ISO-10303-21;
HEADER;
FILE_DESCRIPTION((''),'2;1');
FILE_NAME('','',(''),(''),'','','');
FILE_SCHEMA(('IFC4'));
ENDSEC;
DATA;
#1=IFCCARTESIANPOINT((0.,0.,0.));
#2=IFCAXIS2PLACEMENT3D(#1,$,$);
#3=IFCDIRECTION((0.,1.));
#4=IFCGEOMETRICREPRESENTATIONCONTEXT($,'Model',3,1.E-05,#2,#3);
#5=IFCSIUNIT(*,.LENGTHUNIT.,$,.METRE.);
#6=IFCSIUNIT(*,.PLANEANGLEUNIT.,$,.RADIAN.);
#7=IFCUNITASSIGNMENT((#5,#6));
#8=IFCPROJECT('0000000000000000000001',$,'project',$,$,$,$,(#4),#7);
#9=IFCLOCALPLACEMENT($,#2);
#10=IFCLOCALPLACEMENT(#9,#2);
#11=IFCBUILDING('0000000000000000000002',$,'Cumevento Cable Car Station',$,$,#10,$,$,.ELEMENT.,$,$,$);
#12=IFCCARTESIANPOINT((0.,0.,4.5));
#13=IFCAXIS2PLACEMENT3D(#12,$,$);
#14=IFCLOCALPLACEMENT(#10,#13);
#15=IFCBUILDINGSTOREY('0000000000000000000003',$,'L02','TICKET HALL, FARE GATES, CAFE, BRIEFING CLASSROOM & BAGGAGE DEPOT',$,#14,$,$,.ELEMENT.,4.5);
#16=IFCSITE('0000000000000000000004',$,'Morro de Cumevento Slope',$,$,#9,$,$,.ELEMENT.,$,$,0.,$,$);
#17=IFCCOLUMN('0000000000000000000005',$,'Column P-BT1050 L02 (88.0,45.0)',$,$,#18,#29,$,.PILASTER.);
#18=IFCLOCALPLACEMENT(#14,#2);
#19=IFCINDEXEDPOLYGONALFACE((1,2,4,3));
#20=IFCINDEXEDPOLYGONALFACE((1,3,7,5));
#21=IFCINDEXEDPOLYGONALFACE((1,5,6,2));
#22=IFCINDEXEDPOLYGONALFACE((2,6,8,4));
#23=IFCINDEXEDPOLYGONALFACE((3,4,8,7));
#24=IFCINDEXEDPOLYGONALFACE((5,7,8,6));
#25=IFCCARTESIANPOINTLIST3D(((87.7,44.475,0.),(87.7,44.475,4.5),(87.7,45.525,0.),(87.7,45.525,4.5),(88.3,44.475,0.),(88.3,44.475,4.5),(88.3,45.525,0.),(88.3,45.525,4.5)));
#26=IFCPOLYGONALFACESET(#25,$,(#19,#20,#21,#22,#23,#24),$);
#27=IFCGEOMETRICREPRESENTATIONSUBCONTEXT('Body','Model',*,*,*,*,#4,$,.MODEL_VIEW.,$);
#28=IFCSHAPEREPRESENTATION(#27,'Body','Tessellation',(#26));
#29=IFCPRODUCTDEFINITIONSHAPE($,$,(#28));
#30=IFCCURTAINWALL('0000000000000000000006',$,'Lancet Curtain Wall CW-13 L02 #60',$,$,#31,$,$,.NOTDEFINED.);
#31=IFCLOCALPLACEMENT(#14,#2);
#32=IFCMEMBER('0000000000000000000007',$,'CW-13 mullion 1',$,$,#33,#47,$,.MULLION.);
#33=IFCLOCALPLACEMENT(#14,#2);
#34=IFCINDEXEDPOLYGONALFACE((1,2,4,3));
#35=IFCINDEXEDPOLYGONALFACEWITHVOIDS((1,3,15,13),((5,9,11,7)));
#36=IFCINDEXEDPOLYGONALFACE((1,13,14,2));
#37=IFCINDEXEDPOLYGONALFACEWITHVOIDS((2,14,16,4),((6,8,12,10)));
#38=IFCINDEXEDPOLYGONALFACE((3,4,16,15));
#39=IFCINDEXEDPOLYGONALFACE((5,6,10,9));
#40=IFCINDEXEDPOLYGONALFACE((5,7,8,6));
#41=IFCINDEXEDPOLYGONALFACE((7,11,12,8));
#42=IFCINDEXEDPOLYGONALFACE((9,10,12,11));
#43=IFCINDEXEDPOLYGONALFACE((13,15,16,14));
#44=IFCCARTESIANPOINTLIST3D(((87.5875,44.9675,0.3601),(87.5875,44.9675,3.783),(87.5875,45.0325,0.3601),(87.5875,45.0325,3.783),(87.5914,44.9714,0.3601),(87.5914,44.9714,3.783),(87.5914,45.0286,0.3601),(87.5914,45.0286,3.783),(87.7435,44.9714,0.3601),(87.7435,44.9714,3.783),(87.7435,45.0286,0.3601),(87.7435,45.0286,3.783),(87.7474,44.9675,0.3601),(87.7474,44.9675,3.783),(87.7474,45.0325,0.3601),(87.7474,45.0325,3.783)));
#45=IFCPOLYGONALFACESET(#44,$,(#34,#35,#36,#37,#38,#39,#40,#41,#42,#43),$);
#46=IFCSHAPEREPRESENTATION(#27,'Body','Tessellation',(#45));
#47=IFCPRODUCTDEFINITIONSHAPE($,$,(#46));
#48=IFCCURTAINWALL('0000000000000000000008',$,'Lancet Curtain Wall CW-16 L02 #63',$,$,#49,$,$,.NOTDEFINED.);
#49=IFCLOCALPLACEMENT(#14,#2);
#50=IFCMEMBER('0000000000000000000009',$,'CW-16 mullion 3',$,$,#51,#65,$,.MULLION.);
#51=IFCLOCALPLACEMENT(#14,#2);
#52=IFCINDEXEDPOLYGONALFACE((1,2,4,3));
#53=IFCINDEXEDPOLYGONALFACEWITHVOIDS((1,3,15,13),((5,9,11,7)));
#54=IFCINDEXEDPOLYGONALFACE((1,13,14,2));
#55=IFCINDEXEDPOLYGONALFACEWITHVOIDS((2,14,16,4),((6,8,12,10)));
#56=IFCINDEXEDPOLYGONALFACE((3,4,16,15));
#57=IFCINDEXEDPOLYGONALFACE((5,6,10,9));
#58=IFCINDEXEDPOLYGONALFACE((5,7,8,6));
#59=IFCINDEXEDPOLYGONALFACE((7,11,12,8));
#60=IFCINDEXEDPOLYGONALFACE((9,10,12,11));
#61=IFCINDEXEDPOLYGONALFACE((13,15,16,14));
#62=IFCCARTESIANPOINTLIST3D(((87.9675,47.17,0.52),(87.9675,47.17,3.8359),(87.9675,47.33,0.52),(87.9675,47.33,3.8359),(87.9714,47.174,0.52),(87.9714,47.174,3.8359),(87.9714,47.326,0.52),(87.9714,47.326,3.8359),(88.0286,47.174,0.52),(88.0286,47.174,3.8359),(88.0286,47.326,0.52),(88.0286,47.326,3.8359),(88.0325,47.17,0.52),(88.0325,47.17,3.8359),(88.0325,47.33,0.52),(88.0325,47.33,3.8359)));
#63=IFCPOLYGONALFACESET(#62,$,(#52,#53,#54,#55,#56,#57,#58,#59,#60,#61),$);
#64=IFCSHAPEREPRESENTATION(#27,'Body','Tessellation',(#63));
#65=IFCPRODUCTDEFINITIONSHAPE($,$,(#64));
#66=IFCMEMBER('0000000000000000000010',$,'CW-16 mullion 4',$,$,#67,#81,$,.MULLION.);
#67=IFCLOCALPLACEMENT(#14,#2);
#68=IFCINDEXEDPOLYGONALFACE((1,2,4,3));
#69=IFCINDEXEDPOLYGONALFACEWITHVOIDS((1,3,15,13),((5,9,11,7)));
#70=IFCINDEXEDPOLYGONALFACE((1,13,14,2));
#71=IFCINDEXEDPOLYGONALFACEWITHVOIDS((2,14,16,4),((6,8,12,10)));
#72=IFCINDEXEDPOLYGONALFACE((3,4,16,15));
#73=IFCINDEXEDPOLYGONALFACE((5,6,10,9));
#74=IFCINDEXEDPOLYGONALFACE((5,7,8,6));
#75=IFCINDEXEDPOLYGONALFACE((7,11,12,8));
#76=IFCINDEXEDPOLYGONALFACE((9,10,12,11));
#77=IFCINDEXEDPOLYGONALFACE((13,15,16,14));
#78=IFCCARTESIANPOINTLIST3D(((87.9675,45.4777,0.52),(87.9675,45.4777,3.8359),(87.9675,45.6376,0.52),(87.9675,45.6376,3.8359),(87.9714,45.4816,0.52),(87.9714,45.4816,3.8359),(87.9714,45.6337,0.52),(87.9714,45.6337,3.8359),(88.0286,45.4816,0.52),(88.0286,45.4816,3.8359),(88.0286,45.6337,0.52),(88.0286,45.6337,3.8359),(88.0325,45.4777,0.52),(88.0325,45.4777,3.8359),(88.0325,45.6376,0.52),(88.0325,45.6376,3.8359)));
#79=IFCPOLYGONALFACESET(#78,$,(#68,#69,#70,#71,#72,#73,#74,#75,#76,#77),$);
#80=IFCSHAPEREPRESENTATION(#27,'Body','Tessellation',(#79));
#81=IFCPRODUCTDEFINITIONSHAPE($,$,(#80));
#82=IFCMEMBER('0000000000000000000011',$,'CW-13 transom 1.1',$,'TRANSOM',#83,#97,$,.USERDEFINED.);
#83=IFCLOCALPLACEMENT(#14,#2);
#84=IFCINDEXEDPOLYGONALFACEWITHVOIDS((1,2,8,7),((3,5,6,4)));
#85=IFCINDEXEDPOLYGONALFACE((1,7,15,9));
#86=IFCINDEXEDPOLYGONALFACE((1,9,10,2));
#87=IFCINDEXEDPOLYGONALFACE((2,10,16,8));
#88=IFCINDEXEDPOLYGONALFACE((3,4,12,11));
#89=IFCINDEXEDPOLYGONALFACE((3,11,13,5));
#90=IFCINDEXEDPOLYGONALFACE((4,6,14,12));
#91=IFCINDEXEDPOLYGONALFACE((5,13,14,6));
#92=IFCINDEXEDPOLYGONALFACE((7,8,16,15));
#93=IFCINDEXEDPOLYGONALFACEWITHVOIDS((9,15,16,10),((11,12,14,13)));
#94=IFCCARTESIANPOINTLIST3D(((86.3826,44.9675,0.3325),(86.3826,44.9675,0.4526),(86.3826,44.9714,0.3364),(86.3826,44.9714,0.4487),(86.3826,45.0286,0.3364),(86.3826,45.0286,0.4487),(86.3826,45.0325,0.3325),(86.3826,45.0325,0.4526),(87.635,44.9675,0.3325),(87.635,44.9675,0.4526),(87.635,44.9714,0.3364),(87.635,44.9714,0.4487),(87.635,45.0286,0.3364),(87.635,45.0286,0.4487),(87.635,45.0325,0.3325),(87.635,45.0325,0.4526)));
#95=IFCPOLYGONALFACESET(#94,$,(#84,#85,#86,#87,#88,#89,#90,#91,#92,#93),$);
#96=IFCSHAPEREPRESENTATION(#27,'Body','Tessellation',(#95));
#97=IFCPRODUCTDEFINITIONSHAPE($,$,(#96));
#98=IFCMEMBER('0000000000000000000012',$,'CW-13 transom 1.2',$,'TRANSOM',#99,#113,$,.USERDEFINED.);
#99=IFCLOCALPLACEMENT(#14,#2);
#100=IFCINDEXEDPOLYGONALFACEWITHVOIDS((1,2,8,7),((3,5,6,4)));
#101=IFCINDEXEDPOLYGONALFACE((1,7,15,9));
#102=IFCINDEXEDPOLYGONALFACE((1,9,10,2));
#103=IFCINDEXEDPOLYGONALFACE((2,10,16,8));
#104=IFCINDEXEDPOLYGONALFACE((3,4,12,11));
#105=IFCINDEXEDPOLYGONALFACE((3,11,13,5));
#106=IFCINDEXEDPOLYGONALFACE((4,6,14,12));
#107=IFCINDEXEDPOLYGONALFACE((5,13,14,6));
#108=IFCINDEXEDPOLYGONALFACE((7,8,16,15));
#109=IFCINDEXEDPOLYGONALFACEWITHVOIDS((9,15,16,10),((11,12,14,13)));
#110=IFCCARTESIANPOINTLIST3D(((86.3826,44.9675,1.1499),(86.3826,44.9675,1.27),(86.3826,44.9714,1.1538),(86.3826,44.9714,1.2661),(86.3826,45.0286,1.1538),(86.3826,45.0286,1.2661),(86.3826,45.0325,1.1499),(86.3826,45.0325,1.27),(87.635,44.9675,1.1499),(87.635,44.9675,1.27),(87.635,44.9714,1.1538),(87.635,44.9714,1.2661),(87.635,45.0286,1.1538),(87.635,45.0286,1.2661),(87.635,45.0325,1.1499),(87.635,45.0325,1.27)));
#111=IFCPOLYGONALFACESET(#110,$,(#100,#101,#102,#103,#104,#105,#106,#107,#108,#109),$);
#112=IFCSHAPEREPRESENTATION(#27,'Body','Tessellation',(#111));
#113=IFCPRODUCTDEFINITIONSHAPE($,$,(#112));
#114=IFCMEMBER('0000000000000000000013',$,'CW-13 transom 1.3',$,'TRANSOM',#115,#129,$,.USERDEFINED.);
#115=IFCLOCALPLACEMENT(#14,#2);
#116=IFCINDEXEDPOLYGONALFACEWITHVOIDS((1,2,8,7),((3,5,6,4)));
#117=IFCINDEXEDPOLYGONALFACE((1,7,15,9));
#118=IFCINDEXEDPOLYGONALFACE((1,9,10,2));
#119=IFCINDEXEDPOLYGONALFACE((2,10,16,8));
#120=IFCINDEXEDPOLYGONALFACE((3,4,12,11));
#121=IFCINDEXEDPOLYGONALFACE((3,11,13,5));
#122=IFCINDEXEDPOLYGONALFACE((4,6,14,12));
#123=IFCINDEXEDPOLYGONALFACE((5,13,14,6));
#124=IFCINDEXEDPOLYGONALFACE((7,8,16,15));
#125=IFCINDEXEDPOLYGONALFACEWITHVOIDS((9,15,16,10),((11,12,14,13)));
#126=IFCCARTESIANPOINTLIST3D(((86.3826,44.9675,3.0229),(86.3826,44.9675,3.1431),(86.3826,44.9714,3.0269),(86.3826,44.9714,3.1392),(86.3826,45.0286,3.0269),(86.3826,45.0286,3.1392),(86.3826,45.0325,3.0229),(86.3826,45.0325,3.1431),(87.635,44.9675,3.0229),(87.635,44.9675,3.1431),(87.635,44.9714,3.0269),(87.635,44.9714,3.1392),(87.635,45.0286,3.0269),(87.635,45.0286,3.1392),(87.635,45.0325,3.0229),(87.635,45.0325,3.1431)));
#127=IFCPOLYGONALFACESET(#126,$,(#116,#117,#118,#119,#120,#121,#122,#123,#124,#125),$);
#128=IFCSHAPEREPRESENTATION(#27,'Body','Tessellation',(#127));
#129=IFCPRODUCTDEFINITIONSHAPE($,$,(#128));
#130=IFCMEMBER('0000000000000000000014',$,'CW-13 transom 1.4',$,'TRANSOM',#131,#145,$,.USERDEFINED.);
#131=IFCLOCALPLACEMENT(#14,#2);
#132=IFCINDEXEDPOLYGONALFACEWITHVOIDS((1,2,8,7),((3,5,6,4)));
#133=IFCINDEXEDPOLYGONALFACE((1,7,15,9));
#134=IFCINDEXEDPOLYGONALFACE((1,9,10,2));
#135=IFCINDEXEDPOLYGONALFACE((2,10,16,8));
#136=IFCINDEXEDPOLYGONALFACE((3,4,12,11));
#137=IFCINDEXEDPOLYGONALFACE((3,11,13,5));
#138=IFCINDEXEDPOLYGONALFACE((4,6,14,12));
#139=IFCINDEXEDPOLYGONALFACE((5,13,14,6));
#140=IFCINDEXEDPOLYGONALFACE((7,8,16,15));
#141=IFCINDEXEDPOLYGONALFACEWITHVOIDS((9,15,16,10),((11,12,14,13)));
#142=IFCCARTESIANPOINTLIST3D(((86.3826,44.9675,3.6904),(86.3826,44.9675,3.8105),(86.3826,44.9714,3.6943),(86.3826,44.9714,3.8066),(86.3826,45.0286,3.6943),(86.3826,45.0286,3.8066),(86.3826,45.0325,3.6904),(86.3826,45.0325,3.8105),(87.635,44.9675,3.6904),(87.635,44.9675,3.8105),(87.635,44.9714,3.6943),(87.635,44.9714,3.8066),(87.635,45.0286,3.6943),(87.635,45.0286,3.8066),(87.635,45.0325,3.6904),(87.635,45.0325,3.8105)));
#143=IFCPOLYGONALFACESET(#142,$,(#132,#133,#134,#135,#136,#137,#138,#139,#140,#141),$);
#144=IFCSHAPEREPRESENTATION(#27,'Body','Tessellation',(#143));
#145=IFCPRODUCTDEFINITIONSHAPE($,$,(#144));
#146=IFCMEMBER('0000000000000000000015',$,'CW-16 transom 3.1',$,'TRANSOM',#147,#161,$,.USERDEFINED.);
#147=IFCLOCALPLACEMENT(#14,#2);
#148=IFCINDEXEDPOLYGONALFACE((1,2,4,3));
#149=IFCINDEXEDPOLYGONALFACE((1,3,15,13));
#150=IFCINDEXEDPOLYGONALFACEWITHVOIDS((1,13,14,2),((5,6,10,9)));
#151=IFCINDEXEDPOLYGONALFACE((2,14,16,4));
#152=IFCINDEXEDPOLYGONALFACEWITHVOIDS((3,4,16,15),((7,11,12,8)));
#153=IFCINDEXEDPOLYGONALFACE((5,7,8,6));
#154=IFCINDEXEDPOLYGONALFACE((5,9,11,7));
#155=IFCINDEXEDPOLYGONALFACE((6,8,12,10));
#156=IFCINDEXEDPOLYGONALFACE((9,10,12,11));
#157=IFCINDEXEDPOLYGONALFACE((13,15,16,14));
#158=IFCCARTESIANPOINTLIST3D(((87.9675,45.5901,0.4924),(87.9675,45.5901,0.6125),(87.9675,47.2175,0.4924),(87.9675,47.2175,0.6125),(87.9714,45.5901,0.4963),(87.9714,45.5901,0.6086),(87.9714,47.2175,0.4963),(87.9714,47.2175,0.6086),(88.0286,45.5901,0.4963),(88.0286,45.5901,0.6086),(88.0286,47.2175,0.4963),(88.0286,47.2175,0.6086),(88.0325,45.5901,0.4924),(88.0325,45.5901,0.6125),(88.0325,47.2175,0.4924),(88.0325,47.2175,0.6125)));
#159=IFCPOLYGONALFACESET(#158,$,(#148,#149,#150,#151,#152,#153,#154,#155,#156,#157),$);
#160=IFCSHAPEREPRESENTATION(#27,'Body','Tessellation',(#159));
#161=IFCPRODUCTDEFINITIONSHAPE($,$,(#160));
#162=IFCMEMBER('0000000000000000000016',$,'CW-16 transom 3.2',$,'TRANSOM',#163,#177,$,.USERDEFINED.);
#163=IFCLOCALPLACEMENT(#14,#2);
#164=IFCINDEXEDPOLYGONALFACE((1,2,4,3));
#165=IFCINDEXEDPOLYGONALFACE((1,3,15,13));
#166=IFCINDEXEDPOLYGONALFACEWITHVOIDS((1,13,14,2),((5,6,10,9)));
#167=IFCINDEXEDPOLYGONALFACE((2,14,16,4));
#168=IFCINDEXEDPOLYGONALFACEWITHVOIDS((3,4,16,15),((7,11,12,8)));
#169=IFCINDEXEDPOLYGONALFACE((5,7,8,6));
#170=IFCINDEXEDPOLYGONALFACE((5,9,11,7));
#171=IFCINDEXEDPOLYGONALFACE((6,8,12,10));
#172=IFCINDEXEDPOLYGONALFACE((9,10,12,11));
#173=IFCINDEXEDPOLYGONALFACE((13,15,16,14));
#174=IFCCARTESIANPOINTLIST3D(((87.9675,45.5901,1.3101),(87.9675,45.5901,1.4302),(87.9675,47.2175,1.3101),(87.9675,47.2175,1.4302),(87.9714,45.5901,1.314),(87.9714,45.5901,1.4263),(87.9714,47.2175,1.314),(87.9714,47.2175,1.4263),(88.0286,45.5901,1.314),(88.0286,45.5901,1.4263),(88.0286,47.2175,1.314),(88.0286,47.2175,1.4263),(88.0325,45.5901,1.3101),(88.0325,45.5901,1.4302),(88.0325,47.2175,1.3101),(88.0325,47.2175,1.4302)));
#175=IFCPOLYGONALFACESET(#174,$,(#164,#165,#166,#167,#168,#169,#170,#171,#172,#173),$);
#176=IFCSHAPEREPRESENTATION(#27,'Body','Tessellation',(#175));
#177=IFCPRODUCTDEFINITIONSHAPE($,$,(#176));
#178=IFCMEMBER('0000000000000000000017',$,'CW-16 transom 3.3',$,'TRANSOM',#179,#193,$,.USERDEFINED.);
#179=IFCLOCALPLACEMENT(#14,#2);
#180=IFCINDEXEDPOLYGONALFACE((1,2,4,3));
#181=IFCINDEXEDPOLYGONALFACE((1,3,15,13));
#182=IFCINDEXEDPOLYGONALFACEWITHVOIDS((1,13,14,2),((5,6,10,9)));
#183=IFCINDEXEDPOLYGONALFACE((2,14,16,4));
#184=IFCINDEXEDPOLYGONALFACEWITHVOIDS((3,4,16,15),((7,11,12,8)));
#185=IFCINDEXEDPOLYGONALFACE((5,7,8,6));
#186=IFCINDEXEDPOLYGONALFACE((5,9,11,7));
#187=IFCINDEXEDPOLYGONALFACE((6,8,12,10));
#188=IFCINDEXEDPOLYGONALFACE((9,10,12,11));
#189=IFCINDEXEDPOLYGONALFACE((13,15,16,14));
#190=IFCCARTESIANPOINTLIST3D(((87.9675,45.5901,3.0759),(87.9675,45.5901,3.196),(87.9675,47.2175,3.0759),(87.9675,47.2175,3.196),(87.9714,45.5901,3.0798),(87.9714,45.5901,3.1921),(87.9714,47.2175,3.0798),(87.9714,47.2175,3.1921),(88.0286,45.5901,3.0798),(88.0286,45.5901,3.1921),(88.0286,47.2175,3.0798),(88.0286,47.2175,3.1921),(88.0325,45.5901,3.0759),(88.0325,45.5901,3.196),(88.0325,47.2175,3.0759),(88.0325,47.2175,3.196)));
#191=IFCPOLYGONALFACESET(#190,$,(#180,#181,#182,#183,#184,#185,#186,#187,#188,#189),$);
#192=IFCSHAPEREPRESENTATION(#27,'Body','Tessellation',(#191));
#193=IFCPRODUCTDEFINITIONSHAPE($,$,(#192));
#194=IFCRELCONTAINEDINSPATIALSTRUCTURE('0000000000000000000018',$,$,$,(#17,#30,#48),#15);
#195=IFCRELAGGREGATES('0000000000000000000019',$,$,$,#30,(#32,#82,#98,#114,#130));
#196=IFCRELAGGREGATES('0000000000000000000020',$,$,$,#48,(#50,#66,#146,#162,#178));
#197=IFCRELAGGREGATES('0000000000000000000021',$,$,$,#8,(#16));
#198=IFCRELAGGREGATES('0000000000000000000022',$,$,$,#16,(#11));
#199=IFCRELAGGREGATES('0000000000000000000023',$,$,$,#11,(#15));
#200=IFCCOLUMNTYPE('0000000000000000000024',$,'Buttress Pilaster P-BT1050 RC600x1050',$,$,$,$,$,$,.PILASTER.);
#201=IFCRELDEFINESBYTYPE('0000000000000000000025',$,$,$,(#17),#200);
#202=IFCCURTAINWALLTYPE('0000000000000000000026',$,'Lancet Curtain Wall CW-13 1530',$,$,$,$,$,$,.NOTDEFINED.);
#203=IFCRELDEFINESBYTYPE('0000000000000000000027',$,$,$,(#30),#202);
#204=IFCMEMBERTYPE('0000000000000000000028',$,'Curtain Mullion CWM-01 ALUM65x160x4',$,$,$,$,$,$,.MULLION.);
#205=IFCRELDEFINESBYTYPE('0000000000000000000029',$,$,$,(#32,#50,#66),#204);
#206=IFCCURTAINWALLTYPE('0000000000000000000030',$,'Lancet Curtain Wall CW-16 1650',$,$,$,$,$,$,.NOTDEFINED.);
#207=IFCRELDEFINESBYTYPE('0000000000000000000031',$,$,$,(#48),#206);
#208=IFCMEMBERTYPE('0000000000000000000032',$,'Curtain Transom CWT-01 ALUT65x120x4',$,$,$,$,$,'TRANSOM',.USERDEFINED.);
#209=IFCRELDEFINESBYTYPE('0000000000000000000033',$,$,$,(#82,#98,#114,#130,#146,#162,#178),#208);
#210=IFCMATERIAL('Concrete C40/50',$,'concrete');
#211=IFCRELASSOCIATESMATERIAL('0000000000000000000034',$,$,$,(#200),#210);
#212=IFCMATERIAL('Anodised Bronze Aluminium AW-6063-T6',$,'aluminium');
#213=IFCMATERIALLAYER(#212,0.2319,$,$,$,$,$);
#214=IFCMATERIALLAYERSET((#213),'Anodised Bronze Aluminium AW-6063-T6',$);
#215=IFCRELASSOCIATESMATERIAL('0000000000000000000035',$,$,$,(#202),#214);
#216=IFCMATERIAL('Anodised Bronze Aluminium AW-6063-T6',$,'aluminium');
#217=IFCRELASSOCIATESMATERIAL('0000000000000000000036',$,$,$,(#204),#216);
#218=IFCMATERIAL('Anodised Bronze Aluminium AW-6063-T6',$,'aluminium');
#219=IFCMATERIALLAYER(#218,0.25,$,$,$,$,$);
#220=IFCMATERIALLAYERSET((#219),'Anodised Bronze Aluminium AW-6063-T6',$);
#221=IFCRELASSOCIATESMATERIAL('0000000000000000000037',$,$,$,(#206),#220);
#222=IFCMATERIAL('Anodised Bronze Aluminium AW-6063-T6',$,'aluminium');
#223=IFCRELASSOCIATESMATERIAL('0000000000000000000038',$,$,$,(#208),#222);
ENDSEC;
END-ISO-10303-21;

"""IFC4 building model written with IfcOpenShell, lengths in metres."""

from ifc_helpers import new_model, si_unit, direction, frame, origin, origin_2d, place, context, subcontext, project, spatial, rectangle, hollow_rectangle, extrude, material, layer, layer_set, material_profile, profile_set, type_object, element, aggregate, save


model = new_model("IFC4")

# Units and contexts
model_context = context("Model", 3, precision=1e-05, world=origin(), true_north=direction((0.0, 1.0)))
body_context = subcontext(model_context, "Body", "Model", "MODEL_VIEW")
ifc_project = project(units=[si_unit("LENGTHUNIT", "METRE"), si_unit("PLANEANGLEUNIT", "RADIAN")], contexts=[model_context])

# Site, building, storey
site_placement = place(None, origin())
site = spatial("IfcSite", under=ifc_project, at=site_placement, Name="Morro de Cumevento Slope", CompositionType="ELEMENT", RefElevation=0.0)
building_placement = place(site_placement, origin())
building = spatial("IfcBuilding", under=site, at=building_placement, Name="Cumevento Cable Car Station", CompositionType="ELEMENT")
storey_placement = place(building_placement, frame((0.0, 0.0, 4.5)))
storey = spatial("IfcBuildingStorey", under=building, at=storey_placement, Name="L02", Description="TICKET HALL, FARE GATES, CAFE, BRIEFING CLASSROOM & BAGGAGE DEPOT", CompositionType="ELEMENT", Elevation=4.5)

# Column
ifc_material_1 = material(Name="Concrete C40/50", Category="concrete")
ifc_material_profile_1 = material_profile(ifc_material_1, rectangle(XDim=0.6001, YDim=1.05, at=origin_2d()), Name="RC600x1050")
ifc_profile_set_1 = profile_set([ifc_material_profile_1], Name="Concrete C40/50")
column_type = type_object("IfcColumnType", Name="Buttress Pilaster P-BT1050 RC600x1050", PredefinedType="PILASTER", material=ifc_profile_set_1)
column_placement = place(storey_placement, frame((88.0, 45.0, 0.0), z_axis=(0.0, 0.0, 1.0), x_axis=(1.0, 0.0, 0.0)))
element("IfcColumn", 1, at=column_placement, inside=storey, type_object=column_type, Name="Column P-BT1050 L02 (88.0,45.0)", PredefinedType="PILASTER", context=body_context, shape_type="SweptSolid", body=[
    extrude(rectangle(XDim=0.6001, YDim=1.05, at=origin_2d()), origin(), (0.0, 0.0, 1.0), 4.5),
])

# Curtain wall, member
ifc_material_2 = material(Name="Anodised Bronze Aluminium AW-6063-T6", Category="aluminium")
ifc_layer_1 = layer(ifc_material_2, 0.2319)
ifc_layer_set_1 = layer_set([ifc_layer_1], Name="Anodised Bronze Aluminium AW-6063-T6")
curtain_wall_type_1 = type_object("IfcCurtainWallType", Name="Lancet Curtain Wall CW-13 1530", PredefinedType="NOTDEFINED", material=ifc_layer_set_1)
curtain_wall_1_placement = place(storey_placement, origin())
curtain_wall_1 = element("IfcCurtainWall", 2, at=curtain_wall_1_placement, inside=storey, type_object=curtain_wall_type_1, Name="Lancet Curtain Wall CW-13 L02 #60", PredefinedType="NOTDEFINED")
ifc_material_3 = material(Name="Anodised Bronze Aluminium AW-6063-T6", Category="aluminium")
ifc_material_profile_2 = material_profile(ifc_material_3, hollow_rectangle(XDim=0.0649, YDim=0.1599, WallThickness=0.0039, at=origin_2d()), Name="ALUM65x160x4")
ifc_profile_set_2 = profile_set([ifc_material_profile_2], Name="Anodised Bronze Aluminium AW-6063-T6")
member_type_1 = type_object("IfcMemberType", Name="Curtain Mullion CWM-01 ALUM65x160x4", PredefinedType="MULLION", material=ifc_profile_set_2)
member_1_placement = place(storey_placement, frame((87.6675, 45.0, 0.3601), z_axis=(0.0, 0.0, 1.0), x_axis=(0.0, -1.0, 0.0)))
member_1 = element("IfcMember", 3, at=member_1_placement, type_object=member_type_1, Name="CW-13 mullion 1", PredefinedType="MULLION", context=body_context, shape_type="SweptSolid", body=[
    extrude(hollow_rectangle(XDim=0.0649, YDim=0.1599, WallThickness=0.0039, at=origin_2d()), origin(), (0.0, 0.0, 1.0), 3.4229),
])

# Curtain wall, members
ifc_material_4 = material(Name="Anodised Bronze Aluminium AW-6063-T6", Category="aluminium")
ifc_layer_2 = layer(ifc_material_4, 0.25)
ifc_layer_set_2 = layer_set([ifc_layer_2], Name="Anodised Bronze Aluminium AW-6063-T6")
curtain_wall_type_2 = type_object("IfcCurtainWallType", Name="Lancet Curtain Wall CW-16 1650", PredefinedType="NOTDEFINED", material=ifc_layer_set_2)
curtain_wall_2_placement = place(storey_placement, origin())
curtain_wall_2 = element("IfcCurtainWall", 4, at=curtain_wall_2_placement, inside=storey, type_object=curtain_wall_type_2, Name="Lancet Curtain Wall CW-16 L02 #63", PredefinedType="NOTDEFINED")
member_2_placement = place(storey_placement, frame((88.0, 47.25, 0.52), z_axis=(0.0, 0.0, 1.0), x_axis=(1.0, 0.0, 0.0)))
member_2 = element("IfcMember", 5, at=member_2_placement, type_object=member_type_1, Name="CW-16 mullion 3", PredefinedType="MULLION", context=body_context, shape_type="SweptSolid", body=[
    extrude(hollow_rectangle(XDim=0.0649, YDim=0.1599, WallThickness=0.0039, at=origin_2d()), origin(), (0.0, 0.0, 1.0), 3.3159),
])
member_3_placement = place(storey_placement, frame((88.0, 45.5576, 0.52), z_axis=(0.0, 0.0, 1.0), x_axis=(1.0, 0.0, 0.0)))
member_3 = element("IfcMember", 6, at=member_3_placement, type_object=member_type_1, Name="CW-16 mullion 4", PredefinedType="MULLION", context=body_context, shape_type="SweptSolid", body=[
    extrude(hollow_rectangle(XDim=0.0649, YDim=0.1599, WallThickness=0.0039, at=origin_2d()), origin(), (0.0, 0.0, 1.0), 3.3159),
])

# Members
ifc_material_5 = material(Name="Anodised Bronze Aluminium AW-6063-T6", Category="aluminium")
ifc_material_profile_3 = material_profile(ifc_material_5, hollow_rectangle(XDim=0.0649, YDim=0.1201, WallThickness=0.0039, at=origin_2d()), Name="ALUT65x120x4")
ifc_profile_set_3 = profile_set([ifc_material_profile_3], Name="Anodised Bronze Aluminium AW-6063-T6")
member_type_2 = type_object("IfcMemberType", Name="Curtain Transom CWT-01 ALUT65x120x4", ElementType="TRANSOM", PredefinedType="USERDEFINED", material=ifc_profile_set_3)
member_4_placement = place(storey_placement, frame((87.635, 45.0, 0.3926), z_axis=(-1.0, 0.0, 0.0), x_axis=(0.0, -1.0, 0.0)))
member_4 = element("IfcMember", 7, at=member_4_placement, type_object=member_type_2, Name="CW-13 transom 1.1", ObjectType="TRANSOM", PredefinedType="USERDEFINED", context=body_context, shape_type="SweptSolid", body=[
    extrude(hollow_rectangle(XDim=0.0649, YDim=0.1201, WallThickness=0.0039, at=origin_2d()), origin(), (0.0, 0.0, 1.0), 1.2524),
])
member_5_placement = place(storey_placement, frame((87.635, 45.0, 1.21), z_axis=(-1.0, 0.0, 0.0), x_axis=(0.0, -1.0, 0.0)))
member_5 = element("IfcMember", 8, at=member_5_placement, type_object=member_type_2, Name="CW-13 transom 1.2", ObjectType="TRANSOM", PredefinedType="USERDEFINED", context=body_context, shape_type="SweptSolid", body=[
    extrude(hollow_rectangle(XDim=0.0649, YDim=0.1201, WallThickness=0.0039, at=origin_2d()), origin(), (0.0, 0.0, 1.0), 1.2524),
])
member_6_placement = place(storey_placement, frame((87.635, 45.0, 3.083), z_axis=(-1.0, 0.0, 0.0), x_axis=(0.0, -1.0, 0.0)))
member_6 = element("IfcMember", 9, at=member_6_placement, type_object=member_type_2, Name="CW-13 transom 1.3", ObjectType="TRANSOM", PredefinedType="USERDEFINED", context=body_context, shape_type="SweptSolid", body=[
    extrude(hollow_rectangle(XDim=0.0649, YDim=0.1201, WallThickness=0.0039, at=origin_2d()), origin(), (0.0, 0.0, 1.0), 1.2524),
])
member_7_placement = place(storey_placement, frame((87.635, 45.0, 3.7505), z_axis=(-1.0, 0.0, 0.0), x_axis=(0.0, -1.0, 0.0)))
member_7 = element("IfcMember", 10, at=member_7_placement, type_object=member_type_2, Name="CW-13 transom 1.4", ObjectType="TRANSOM", PredefinedType="USERDEFINED", context=body_context, shape_type="SweptSolid", body=[
    extrude(hollow_rectangle(XDim=0.0649, YDim=0.1201, WallThickness=0.0039, at=origin_2d()), origin(), (0.0, 0.0, 1.0), 1.2524),
])
member_8_placement = place(storey_placement, frame((88.0, 47.2175, 0.5525), z_axis=(0.0, -1.0, 0.0), x_axis=(1.0, 0.0, 0.0)))
member_8 = element("IfcMember", 11, at=member_8_placement, type_object=member_type_2, Name="CW-16 transom 3.1", ObjectType="TRANSOM", PredefinedType="USERDEFINED", context=body_context, shape_type="SweptSolid", body=[
    extrude(hollow_rectangle(XDim=0.0649, YDim=0.1201, WallThickness=0.0039, at=origin_2d()), origin(), (0.0, 0.0, 1.0), 1.6274),
])
member_9_placement = place(storey_placement, frame((88.0, 47.2175, 1.3701), z_axis=(0.0, -1.0, 0.0), x_axis=(1.0, 0.0, 0.0)))
member_9 = element("IfcMember", 12, at=member_9_placement, type_object=member_type_2, Name="CW-16 transom 3.2", ObjectType="TRANSOM", PredefinedType="USERDEFINED", context=body_context, shape_type="SweptSolid", body=[
    extrude(hollow_rectangle(XDim=0.0649, YDim=0.1201, WallThickness=0.0039, at=origin_2d()), origin(), (0.0, 0.0, 1.0), 1.6274),
])
member_10_placement = place(storey_placement, frame((88.0, 47.2175, 3.136), z_axis=(0.0, -1.0, 0.0), x_axis=(1.0, 0.0, 0.0)))
member_10 = element("IfcMember", 13, at=member_10_placement, type_object=member_type_2, Name="CW-16 transom 3.3", ObjectType="TRANSOM", PredefinedType="USERDEFINED", context=body_context, shape_type="SweptSolid", body=[
    extrude(hollow_rectangle(XDim=0.0649, YDim=0.1201, WallThickness=0.0039, at=origin_2d()), origin(), (0.0, 0.0, 1.0), 1.6274),
])

aggregate(curtain_wall_1, [member_1, member_4, member_5, member_6, member_7])
aggregate(curtain_wall_2, [member_2, member_3, member_8, member_9, member_10])

save(model, "model.ifc")
